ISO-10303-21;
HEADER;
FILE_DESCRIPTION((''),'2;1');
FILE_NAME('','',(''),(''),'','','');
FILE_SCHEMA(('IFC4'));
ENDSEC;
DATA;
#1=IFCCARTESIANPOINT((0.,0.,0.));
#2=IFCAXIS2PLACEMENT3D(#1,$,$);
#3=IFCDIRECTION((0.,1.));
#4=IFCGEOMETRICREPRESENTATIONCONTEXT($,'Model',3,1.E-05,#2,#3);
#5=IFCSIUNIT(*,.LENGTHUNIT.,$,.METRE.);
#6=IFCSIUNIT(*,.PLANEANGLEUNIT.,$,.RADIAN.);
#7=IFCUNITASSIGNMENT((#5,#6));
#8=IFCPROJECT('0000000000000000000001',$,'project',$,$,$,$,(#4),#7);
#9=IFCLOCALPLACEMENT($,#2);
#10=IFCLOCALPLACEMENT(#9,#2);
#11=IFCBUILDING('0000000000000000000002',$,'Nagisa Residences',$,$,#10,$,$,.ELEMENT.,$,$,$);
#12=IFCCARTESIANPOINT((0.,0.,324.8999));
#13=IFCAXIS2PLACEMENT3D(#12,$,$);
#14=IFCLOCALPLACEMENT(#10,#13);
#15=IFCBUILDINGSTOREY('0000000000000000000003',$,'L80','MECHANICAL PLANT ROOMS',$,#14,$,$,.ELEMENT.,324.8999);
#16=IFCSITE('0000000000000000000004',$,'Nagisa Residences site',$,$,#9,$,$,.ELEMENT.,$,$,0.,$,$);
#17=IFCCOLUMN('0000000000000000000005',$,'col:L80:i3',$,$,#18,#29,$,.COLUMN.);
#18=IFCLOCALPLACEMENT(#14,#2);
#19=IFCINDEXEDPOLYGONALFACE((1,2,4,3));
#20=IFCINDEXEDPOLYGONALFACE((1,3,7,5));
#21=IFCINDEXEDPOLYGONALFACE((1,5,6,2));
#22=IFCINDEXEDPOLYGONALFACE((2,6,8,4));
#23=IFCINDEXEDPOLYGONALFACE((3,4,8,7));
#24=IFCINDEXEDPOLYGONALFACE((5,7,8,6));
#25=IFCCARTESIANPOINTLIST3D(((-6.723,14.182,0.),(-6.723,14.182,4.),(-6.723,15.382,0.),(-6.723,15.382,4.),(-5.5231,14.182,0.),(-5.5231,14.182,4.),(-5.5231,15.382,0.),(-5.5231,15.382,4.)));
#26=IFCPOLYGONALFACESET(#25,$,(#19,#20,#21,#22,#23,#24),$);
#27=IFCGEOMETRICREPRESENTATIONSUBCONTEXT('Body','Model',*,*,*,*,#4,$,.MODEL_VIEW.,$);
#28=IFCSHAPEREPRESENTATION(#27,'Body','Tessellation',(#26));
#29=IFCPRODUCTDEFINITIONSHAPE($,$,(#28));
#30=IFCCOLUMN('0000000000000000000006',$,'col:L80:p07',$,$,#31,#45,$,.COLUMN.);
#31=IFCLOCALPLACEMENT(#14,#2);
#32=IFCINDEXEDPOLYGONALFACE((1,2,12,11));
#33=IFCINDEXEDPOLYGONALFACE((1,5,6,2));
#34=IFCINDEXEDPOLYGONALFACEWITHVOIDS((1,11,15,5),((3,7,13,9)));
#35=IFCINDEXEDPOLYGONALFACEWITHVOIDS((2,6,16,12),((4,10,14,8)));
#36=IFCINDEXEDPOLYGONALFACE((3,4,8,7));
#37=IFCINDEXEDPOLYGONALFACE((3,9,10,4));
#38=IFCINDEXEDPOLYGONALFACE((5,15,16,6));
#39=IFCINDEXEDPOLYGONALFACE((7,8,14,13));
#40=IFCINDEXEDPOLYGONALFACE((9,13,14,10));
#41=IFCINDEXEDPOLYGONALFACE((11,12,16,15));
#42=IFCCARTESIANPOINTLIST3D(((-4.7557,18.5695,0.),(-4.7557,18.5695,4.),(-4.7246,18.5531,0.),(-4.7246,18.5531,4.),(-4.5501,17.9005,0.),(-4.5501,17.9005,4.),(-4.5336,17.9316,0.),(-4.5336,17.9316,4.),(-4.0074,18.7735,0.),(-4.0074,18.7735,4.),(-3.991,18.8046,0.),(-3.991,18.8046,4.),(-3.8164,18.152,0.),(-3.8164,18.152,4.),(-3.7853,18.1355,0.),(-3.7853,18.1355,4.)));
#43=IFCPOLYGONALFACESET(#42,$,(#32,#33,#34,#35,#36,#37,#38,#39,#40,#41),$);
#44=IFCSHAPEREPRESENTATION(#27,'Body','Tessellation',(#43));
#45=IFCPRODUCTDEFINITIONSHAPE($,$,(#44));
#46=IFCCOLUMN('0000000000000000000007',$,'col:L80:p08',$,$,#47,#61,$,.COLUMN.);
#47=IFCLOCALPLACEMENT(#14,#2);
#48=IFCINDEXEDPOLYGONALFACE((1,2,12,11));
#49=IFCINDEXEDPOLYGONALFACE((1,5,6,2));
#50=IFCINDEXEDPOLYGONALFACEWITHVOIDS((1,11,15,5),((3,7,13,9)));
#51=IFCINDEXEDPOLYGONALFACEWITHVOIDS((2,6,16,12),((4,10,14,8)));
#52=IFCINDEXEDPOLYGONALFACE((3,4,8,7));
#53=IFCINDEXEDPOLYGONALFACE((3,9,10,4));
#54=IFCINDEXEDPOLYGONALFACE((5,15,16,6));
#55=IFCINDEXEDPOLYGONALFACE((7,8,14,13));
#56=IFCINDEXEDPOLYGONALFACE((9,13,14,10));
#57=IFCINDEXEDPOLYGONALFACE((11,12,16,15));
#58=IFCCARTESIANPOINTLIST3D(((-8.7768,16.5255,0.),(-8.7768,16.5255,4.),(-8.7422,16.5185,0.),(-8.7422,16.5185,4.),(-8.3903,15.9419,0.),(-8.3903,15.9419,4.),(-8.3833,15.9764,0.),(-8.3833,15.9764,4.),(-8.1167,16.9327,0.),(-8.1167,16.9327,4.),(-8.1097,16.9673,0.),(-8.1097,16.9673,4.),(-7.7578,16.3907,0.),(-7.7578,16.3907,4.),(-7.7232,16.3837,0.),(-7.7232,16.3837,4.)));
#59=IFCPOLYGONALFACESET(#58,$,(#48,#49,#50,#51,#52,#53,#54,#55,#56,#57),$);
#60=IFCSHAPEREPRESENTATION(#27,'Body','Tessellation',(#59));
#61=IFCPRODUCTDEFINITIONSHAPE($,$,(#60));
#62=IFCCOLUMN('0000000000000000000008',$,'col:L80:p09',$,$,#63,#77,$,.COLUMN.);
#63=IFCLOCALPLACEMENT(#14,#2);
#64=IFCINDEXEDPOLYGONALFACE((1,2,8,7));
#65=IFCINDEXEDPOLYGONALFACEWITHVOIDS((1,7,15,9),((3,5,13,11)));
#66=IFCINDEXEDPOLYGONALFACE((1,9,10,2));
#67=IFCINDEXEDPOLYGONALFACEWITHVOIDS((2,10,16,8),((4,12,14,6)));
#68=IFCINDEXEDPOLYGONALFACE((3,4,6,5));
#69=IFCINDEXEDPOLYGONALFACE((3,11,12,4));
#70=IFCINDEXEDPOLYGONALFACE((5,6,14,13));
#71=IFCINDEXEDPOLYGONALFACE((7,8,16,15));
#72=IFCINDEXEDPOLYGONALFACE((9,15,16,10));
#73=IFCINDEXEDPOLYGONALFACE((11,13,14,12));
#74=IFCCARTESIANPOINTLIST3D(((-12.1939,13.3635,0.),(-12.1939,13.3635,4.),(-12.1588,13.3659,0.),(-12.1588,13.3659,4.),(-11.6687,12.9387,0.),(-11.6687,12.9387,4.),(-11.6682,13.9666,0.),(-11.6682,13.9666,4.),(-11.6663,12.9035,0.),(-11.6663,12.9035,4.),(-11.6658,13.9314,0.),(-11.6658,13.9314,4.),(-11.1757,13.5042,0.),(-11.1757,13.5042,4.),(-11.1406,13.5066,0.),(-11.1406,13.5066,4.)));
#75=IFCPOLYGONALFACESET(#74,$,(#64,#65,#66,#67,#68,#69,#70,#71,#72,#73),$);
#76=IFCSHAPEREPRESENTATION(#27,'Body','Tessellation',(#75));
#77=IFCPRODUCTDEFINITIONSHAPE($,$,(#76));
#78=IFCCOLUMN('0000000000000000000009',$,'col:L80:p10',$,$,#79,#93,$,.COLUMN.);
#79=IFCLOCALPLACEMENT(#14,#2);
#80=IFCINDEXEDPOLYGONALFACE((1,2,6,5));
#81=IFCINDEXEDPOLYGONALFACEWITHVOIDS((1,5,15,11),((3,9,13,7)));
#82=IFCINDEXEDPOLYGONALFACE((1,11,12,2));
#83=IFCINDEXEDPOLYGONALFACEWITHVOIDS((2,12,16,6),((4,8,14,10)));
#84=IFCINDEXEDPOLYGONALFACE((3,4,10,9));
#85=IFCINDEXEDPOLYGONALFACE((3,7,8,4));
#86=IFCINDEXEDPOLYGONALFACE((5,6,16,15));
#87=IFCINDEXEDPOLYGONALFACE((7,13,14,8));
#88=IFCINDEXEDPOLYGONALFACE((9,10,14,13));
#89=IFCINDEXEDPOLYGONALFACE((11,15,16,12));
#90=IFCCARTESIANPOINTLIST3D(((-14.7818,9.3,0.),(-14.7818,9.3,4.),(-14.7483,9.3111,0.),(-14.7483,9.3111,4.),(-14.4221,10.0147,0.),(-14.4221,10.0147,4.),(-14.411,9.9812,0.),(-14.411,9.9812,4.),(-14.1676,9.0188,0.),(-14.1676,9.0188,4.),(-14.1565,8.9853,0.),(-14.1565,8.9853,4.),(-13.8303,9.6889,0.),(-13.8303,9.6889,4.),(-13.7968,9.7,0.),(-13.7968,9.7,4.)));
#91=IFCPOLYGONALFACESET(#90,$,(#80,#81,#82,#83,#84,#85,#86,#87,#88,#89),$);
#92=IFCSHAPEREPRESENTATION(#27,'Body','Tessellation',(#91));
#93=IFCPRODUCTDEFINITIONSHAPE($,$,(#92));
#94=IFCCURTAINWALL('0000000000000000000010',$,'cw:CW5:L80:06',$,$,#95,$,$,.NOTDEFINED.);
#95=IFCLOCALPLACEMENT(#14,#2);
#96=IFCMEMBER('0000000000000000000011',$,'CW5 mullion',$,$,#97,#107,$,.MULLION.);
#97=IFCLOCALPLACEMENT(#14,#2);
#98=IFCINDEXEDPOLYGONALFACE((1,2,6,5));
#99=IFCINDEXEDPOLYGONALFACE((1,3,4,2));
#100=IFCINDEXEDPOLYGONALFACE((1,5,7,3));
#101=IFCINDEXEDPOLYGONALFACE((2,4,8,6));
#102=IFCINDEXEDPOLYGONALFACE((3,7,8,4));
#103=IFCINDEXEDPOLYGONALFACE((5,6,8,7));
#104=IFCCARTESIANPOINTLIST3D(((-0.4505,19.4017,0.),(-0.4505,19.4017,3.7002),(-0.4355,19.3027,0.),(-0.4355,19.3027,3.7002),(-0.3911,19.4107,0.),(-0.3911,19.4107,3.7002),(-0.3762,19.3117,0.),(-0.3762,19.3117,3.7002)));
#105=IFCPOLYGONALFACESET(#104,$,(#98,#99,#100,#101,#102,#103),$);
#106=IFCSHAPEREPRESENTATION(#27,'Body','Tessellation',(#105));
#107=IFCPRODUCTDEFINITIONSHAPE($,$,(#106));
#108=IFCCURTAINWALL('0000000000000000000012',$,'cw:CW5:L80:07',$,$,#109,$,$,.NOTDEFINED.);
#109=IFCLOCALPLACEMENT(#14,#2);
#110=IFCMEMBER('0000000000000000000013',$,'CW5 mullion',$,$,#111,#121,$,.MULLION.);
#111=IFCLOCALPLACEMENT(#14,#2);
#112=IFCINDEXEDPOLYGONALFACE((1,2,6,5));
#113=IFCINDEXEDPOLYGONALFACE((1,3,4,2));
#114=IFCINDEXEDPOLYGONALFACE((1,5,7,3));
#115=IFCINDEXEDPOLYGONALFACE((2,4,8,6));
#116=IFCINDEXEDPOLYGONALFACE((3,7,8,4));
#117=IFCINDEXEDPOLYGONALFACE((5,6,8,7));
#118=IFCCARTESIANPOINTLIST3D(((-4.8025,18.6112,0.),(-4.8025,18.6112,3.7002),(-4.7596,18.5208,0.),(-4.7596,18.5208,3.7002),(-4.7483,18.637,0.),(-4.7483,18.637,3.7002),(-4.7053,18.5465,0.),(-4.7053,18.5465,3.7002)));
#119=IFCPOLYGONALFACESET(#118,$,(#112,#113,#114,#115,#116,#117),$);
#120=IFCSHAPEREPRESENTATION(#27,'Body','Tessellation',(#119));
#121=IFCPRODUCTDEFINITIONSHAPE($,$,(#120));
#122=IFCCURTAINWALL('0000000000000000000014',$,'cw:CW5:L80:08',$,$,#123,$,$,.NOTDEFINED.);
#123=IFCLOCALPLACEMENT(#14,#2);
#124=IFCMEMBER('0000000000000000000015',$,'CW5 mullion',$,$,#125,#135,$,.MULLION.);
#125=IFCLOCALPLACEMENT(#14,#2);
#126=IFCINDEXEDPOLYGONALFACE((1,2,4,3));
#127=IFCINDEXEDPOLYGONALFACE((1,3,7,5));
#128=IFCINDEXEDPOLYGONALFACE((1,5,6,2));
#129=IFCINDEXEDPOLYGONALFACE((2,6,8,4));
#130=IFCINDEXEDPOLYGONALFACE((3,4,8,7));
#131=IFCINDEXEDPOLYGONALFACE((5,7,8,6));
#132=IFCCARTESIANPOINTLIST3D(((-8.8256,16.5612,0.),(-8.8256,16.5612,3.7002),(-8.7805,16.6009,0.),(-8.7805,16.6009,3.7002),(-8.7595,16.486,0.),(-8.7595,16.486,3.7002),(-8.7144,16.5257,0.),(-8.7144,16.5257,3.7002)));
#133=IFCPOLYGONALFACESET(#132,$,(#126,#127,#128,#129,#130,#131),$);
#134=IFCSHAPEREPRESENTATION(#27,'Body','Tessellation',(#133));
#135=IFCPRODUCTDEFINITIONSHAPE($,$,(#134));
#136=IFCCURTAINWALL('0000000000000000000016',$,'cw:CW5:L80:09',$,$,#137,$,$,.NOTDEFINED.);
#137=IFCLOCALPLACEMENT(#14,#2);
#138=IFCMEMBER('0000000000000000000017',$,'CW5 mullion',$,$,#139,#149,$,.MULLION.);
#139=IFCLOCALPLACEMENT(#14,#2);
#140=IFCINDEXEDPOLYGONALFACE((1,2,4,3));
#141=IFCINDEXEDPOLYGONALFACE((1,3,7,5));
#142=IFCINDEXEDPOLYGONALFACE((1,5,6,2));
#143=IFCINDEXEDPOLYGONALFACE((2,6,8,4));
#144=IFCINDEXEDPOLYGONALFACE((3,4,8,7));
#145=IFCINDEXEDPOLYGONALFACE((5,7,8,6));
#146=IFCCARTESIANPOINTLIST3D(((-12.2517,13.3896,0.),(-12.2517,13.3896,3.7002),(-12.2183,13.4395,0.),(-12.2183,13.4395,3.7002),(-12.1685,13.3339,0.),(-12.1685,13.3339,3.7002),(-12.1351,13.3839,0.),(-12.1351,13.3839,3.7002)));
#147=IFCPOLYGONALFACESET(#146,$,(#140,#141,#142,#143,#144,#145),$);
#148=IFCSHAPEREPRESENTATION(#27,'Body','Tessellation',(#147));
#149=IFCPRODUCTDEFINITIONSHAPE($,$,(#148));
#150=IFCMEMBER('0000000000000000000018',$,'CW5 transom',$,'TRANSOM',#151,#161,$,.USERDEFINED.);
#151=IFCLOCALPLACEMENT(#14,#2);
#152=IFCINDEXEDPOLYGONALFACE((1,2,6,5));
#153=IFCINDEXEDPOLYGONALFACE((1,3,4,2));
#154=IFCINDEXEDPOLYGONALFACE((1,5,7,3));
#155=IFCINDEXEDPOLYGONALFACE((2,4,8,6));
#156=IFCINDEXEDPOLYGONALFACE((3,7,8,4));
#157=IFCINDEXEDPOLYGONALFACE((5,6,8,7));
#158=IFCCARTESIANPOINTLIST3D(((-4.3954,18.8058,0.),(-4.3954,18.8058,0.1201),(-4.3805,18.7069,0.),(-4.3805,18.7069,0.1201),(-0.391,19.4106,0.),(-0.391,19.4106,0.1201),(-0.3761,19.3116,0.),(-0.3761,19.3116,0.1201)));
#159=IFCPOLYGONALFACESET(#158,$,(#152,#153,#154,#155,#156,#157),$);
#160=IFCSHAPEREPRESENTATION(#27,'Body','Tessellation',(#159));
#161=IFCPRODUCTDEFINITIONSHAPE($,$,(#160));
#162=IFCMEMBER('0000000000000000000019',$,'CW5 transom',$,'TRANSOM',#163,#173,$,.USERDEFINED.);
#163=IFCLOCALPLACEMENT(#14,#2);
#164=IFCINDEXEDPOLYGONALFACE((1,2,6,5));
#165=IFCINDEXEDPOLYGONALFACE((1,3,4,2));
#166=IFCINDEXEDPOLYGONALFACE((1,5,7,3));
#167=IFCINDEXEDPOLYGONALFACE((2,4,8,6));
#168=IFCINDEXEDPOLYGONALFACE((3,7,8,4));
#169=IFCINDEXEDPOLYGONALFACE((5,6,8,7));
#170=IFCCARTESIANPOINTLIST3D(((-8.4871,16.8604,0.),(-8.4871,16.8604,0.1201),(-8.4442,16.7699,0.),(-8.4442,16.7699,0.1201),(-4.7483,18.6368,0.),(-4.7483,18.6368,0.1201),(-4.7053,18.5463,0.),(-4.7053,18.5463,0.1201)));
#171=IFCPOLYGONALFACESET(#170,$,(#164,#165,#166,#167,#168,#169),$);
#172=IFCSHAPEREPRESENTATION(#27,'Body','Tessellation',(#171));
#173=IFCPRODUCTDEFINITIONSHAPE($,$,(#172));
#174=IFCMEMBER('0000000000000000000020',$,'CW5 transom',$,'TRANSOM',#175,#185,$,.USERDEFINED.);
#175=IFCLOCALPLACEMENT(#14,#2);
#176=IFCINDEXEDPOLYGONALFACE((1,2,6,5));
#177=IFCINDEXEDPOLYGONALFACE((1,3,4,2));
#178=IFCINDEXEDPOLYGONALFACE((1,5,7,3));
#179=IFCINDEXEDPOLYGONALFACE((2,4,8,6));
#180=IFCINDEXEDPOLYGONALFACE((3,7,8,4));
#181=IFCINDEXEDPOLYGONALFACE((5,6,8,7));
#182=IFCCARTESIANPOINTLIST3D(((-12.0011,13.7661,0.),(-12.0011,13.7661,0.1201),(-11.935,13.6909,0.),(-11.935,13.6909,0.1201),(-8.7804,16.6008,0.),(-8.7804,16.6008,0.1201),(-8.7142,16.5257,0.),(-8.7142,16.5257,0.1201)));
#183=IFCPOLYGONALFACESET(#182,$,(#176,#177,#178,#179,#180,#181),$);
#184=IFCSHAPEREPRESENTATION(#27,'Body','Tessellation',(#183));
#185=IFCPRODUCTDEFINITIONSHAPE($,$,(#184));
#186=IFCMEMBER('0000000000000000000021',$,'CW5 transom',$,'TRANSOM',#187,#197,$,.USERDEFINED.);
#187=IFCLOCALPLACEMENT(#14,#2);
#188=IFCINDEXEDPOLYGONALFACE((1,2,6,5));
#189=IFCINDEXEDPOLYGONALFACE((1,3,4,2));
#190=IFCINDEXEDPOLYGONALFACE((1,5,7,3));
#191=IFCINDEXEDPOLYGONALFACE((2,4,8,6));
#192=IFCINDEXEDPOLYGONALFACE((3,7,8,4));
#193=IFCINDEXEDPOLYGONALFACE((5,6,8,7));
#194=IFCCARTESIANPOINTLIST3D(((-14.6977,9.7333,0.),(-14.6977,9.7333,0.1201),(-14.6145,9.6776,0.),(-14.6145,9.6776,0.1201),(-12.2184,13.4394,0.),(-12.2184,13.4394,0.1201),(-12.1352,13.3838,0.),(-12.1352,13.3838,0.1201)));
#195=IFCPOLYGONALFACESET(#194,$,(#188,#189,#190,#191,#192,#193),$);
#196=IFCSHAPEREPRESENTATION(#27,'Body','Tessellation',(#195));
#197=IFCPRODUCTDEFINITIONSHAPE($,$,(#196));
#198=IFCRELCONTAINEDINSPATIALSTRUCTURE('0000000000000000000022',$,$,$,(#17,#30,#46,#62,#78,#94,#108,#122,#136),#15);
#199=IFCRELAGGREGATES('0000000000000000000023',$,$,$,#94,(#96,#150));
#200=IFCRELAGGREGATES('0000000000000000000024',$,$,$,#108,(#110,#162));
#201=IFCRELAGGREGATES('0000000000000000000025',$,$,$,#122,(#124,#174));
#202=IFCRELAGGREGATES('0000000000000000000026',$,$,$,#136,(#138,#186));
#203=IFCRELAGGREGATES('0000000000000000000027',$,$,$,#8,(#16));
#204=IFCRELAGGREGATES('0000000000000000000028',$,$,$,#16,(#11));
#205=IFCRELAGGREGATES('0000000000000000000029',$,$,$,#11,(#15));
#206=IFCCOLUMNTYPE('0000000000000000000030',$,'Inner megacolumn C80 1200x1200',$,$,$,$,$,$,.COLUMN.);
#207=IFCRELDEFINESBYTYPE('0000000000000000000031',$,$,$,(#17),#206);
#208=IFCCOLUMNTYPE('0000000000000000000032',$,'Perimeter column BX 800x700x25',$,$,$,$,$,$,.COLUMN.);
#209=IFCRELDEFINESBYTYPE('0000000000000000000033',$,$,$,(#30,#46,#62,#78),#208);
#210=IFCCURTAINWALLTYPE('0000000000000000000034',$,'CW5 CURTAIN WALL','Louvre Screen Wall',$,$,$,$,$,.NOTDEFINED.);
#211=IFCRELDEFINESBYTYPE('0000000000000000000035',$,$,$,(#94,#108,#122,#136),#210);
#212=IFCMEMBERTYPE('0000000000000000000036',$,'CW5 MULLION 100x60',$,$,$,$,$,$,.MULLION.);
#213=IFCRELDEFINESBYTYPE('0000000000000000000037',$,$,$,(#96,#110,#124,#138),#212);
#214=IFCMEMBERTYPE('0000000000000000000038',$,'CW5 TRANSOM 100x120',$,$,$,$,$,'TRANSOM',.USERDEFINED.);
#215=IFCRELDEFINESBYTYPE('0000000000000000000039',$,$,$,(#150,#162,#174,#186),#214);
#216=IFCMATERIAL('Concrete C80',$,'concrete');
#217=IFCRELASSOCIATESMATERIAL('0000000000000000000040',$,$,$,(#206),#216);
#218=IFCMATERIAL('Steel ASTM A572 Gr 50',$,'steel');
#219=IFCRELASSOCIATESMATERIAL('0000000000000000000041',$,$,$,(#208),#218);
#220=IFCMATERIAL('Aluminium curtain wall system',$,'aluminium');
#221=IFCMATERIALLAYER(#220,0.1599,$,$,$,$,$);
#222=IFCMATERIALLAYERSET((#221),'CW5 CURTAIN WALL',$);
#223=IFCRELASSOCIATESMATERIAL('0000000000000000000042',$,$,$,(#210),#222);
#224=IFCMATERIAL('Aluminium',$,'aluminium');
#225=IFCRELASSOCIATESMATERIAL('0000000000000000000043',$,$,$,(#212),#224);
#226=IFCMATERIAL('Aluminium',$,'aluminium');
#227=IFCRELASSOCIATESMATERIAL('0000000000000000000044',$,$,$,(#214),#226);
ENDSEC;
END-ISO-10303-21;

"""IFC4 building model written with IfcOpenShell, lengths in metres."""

from ifc_helpers import new_model, si_unit, direction, frame, origin, origin_2d, place, context, subcontext, project, spatial, rectangle, hollow_rectangle, extrude, material, layer, layer_set, material_profile, profile_set, type_object, element, aggregate, save


model = new_model("IFC4")

# Units and contexts
model_context = context("Model", 3, precision=1e-05, world=origin(), true_north=direction((0.0, 1.0)))
body_context = subcontext(model_context, "Body", "Model", "MODEL_VIEW")
ifc_project = project(units=[si_unit("LENGTHUNIT", "METRE"), si_unit("PLANEANGLEUNIT", "RADIAN")], contexts=[model_context])

# Site, building, storey
site_placement = place(None, origin())
site = spatial("IfcSite", under=ifc_project, at=site_placement, Name="Nagisa Residences site", CompositionType="ELEMENT", RefElevation=0.0)
building_placement = place(site_placement, origin())
building = spatial("IfcBuilding", under=site, at=building_placement, Name="Nagisa Residences", CompositionType="ELEMENT")
storey_placement = place(building_placement, frame((0.0, 0.0, 324.8999)))
storey = spatial("IfcBuildingStorey", under=building, at=storey_placement, Name="L80", Description="MECHANICAL PLANT ROOMS", CompositionType="ELEMENT", Elevation=324.8999)

# Columns
ifc_material_1 = material(Name="Concrete C80", Category="concrete")
ifc_material_profile_1 = material_profile(ifc_material_1, rectangle(XDim=1.2, YDim=1.2, at=origin_2d()), Name="C80 1200x1200")
ifc_profile_set_1 = profile_set([ifc_material_profile_1], Name="Concrete C80")
column_type_1 = type_object("IfcColumnType", Name="Inner megacolumn C80 1200x1200", PredefinedType="COLUMN", material=ifc_profile_set_1)
column_placement = place(storey_placement, frame((-6.123, 14.782, 0.0), z_axis=(0.0, 0.0, 1.0), x_axis=(1.0, 0.0, 0.0)))
element("IfcColumn", 1, at=column_placement, inside=storey, type_object=column_type_1, Name="col:L80:i3", PredefinedType="COLUMN", context=body_context, shape_type="SweptSolid", body=[
    extrude(rectangle(XDim=1.2, YDim=1.2, at=origin_2d()), origin(), (0.0, 0.0, 1.0), 4.0),
])
ifc_material_2 = material(Name="Steel ASTM A572 Gr 50", Category="steel")
ifc_material_profile_2 = material_profile(ifc_material_2, hollow_rectangle(XDim=0.8, YDim=0.7, WallThickness=0.0249, at=origin_2d()), Name="BX 800x700x25")
ifc_profile_set_2 = profile_set([ifc_material_profile_2], Name="Steel ASTM A572 Gr 50")
column_type_2 = type_object("IfcColumnType", Name="Perimeter column BX 800x700x25", PredefinedType="COLUMN", material=ifc_profile_set_2)
for number, where, z_axis, x_axis, name in (
    (2, (-4.2705, 18.3525, 0.0), (0.0, 0.0, 1.0), (-0.95587, -0.29379, 0.0), "col:L80:p07"),
    (3, (-8.25, 16.4546, 0.0), (0.0, 0.0, 1.0), (-0.833744, -0.552151, 0.0), "col:L80:p08"),
    (4, (-11.6672, 13.4351, 0.0), (0.0, 0.0, 1.0), (-0.657135, -0.753773, 0.0), "col:L80:p09"),
    (5, (-14.2893, 9.5, 0.0), (0.0, 0.0, 1.0), (-0.449592, -0.893234, 0.0), "col:L80:p10"),
):
    element("IfcColumn", number, at=place(storey_placement, frame(where, z_axis=z_axis, x_axis=x_axis)), inside=storey, type_object=column_type_2, Name=name, PredefinedType="COLUMN", context=body_context, shape_type="SweptSolid", body=[
        extrude(hollow_rectangle(XDim=0.8, YDim=0.7, WallThickness=0.0249, at=origin_2d()), origin(), (0.0, 0.0, 1.0), 4.0),
    ])

# Curtain walls, members
ifc_material_3 = material(Name="Aluminium curtain wall system", Category="aluminium")
ifc_layer_1 = layer(ifc_material_3, 0.1599)
ifc_layer_set_1 = layer_set([ifc_layer_1], Name="CW5 CURTAIN WALL")
curtain_wall_type = type_object("IfcCurtainWallType", Name="CW5 CURTAIN WALL", Description="Louvre Screen Wall", PredefinedType="NOTDEFINED", material=ifc_layer_set_1)
curtain_wall_1_placement = place(storey_placement, origin())
curtain_wall_1 = element("IfcCurtainWall", 6, at=curtain_wall_1_placement, inside=storey, type_object=curtain_wall_type, Name="cw:CW5:L80:06", PredefinedType="NOTDEFINED")
ifc_material_4 = material(Name="Aluminium", Category="aluminium")
ifc_material_profile_3 = material_profile(ifc_material_4, rectangle(XDim=0.1001, YDim=0.0601, at=origin_2d()), Name="CW5 MULLION 100x60")
ifc_profile_set_3 = profile_set([ifc_material_profile_3], Name="Aluminium")
member_type_1 = type_object("IfcMemberType", Name="CW5 MULLION 100x60", PredefinedType="MULLION", material=ifc_profile_set_3)
member_1_placement = place(storey_placement, frame((-0.4133, 19.3567, 0.0), z_axis=(0.0, 0.0, 1.0), x_axis=(0.14932, -0.988789, 0.0)))
member_1 = element("IfcMember", 7, at=member_1_placement, type_object=member_type_1, Name="CW5 mullion", PredefinedType="MULLION", context=body_context, shape_type="SweptSolid", body=[
    extrude(rectangle(XDim=0.1001, YDim=0.0601, at=origin_2d()), origin(), (0.0, 0.0, 1.0), 3.7002),
])
curtain_wall_2_placement = place(storey_placement, origin())
curtain_wall_2 = element("IfcCurtainWall", 8, at=curtain_wall_2_placement, inside=storey, type_object=curtain_wall_type, Name="cw:CW5:L80:07", PredefinedType="NOTDEFINED")
member_2_placement = place(storey_placement, frame((-4.7539, 18.5789, 0.0), z_axis=(0.0, 0.0, 1.0), x_axis=(0.429151, -0.903233, 0.0)))
member_2 = element("IfcMember", 9, at=member_2_placement, type_object=member_type_1, Name="CW5 mullion", PredefinedType="MULLION", context=body_context, shape_type="SweptSolid", body=[
    extrude(rectangle(XDim=0.1001, YDim=0.0601, at=origin_2d()), origin(), (0.0, 0.0, 1.0), 3.7002),
])
curtain_wall_3_placement = place(storey_placement, origin())
curtain_wall_3 = element("IfcCurtainWall", 10, at=curtain_wall_3_placement, inside=storey, type_object=curtain_wall_type, Name="cw:CW5:L80:08", PredefinedType="NOTDEFINED")
member_3_placement = place(storey_placement, frame((-8.77, 16.5435, 0.0), z_axis=(0.0, 0.0, 1.0), x_axis=(0.660699, -0.750651, 0.0)))
member_3 = element("IfcMember", 11, at=member_3_placement, type_object=member_type_1, Name="CW5 mullion", PredefinedType="MULLION", context=body_context, shape_type="SweptSolid", body=[
    extrude(rectangle(XDim=0.1001, YDim=0.0601, at=origin_2d()), origin(), (0.0, 0.0, 1.0), 3.7002),
])
curtain_wall_4_placement = place(storey_placement, origin())
curtain_wall_4 = element("IfcCurtainWall", 12, at=curtain_wall_4_placement, inside=storey, type_object=curtain_wall_type, Name="cw:CW5:L80:09", PredefinedType="NOTDEFINED")
member_4_placement = place(storey_placement, frame((-12.1934, 13.3867, 0.0), z_axis=(0.0, 0.0, 1.0), x_axis=(0.831173, -0.556014, 0.0)))
member_4 = element("IfcMember", 13, at=member_4_placement, type_object=member_type_1, Name="CW5 mullion", PredefinedType="MULLION", context=body_context, shape_type="SweptSolid", body=[
    extrude(rectangle(XDim=0.1001, YDim=0.0601, at=origin_2d()), origin(), (0.0, 0.0, 1.0), 3.7002),
])

# Members
ifc_material_5 = material(Name="Aluminium", Category="aluminium")
ifc_material_profile_4 = material_profile(ifc_material_5, rectangle(XDim=0.1001, YDim=0.1201, at=origin_2d()), Name="CW5 TRANSOM 100x120")
ifc_profile_set_4 = profile_set([ifc_material_profile_4], Name="Aluminium")
member_type_2 = type_object("IfcMemberType", Name="CW5 TRANSOM 100x120", ElementType="TRANSOM", PredefinedType="USERDEFINED", material=ifc_profile_set_4)
member_5_placement = place(storey_placement, frame((-0.3835, 19.3611, 0.0601), z_axis=(-0.988788, -0.149325, 0.0), x_axis=(0.149325, -0.988788, 0.0)))
member_5 = element("IfcMember", 14, at=member_5_placement, type_object=member_type_2, Name="CW5 transom", ObjectType="TRANSOM", PredefinedType="USERDEFINED", context=body_context, shape_type="SweptSolid", body=[
    extrude(rectangle(XDim=0.1001, YDim=0.1201, at=origin_2d()), origin(), (0.0, 0.0, 1.0), 4.0498),
])
member_6_placement = place(storey_placement, frame((-4.7268, 18.5916, 0.0601), z_axis=(-0.903235, -0.429146, 0.0), x_axis=(0.429146, -0.903235, 0.0)))
member_6 = element("IfcMember", 15, at=member_6_placement, type_object=member_type_2, Name="CW5 transom", ObjectType="TRANSOM", PredefinedType="USERDEFINED", context=body_context, shape_type="SweptSolid", body=[
    extrude(rectangle(XDim=0.1001, YDim=0.1201, at=origin_2d()), origin(), (0.0, 0.0, 1.0), 4.1394),
])
member_7_placement = place(storey_placement, frame((-8.7473, 16.5632, 0.0601), z_axis=(-0.750656, -0.660693, 0.0), x_axis=(0.660693, -0.750656, 0.0)))
member_7 = element("IfcMember", 16, at=member_7_placement, type_object=member_type_2, Name="CW5 transom", ObjectType="TRANSOM", PredefinedType="USERDEFINED", context=body_context, shape_type="SweptSolid", body=[
    extrude(rectangle(XDim=0.1001, YDim=0.1201, at=origin_2d()), origin(), (0.0, 0.0, 1.0), 4.2905),
])
member_8_placement = place(storey_placement, frame((-12.1768, 13.4116, 0.0601), z_axis=(-0.556026, -0.831165, 0.0), x_axis=(0.831165, -0.556026, 0.0)))
member_8 = element("IfcMember", 17, at=member_8_placement, type_object=member_type_2, Name="CW5 transom", ObjectType="TRANSOM", PredefinedType="USERDEFINED", context=body_context, shape_type="SweptSolid", body=[
    extrude(rectangle(XDim=0.1001, YDim=0.1201, at=origin_2d()), origin(), (0.0, 0.0, 1.0), 4.459),
])

aggregate(curtain_wall_1, [member_1, member_5])
aggregate(curtain_wall_2, [member_2, member_6])
aggregate(curtain_wall_3, [member_3, member_7])
aggregate(curtain_wall_4, [member_4, member_8])

save(model, "model.ifc")
